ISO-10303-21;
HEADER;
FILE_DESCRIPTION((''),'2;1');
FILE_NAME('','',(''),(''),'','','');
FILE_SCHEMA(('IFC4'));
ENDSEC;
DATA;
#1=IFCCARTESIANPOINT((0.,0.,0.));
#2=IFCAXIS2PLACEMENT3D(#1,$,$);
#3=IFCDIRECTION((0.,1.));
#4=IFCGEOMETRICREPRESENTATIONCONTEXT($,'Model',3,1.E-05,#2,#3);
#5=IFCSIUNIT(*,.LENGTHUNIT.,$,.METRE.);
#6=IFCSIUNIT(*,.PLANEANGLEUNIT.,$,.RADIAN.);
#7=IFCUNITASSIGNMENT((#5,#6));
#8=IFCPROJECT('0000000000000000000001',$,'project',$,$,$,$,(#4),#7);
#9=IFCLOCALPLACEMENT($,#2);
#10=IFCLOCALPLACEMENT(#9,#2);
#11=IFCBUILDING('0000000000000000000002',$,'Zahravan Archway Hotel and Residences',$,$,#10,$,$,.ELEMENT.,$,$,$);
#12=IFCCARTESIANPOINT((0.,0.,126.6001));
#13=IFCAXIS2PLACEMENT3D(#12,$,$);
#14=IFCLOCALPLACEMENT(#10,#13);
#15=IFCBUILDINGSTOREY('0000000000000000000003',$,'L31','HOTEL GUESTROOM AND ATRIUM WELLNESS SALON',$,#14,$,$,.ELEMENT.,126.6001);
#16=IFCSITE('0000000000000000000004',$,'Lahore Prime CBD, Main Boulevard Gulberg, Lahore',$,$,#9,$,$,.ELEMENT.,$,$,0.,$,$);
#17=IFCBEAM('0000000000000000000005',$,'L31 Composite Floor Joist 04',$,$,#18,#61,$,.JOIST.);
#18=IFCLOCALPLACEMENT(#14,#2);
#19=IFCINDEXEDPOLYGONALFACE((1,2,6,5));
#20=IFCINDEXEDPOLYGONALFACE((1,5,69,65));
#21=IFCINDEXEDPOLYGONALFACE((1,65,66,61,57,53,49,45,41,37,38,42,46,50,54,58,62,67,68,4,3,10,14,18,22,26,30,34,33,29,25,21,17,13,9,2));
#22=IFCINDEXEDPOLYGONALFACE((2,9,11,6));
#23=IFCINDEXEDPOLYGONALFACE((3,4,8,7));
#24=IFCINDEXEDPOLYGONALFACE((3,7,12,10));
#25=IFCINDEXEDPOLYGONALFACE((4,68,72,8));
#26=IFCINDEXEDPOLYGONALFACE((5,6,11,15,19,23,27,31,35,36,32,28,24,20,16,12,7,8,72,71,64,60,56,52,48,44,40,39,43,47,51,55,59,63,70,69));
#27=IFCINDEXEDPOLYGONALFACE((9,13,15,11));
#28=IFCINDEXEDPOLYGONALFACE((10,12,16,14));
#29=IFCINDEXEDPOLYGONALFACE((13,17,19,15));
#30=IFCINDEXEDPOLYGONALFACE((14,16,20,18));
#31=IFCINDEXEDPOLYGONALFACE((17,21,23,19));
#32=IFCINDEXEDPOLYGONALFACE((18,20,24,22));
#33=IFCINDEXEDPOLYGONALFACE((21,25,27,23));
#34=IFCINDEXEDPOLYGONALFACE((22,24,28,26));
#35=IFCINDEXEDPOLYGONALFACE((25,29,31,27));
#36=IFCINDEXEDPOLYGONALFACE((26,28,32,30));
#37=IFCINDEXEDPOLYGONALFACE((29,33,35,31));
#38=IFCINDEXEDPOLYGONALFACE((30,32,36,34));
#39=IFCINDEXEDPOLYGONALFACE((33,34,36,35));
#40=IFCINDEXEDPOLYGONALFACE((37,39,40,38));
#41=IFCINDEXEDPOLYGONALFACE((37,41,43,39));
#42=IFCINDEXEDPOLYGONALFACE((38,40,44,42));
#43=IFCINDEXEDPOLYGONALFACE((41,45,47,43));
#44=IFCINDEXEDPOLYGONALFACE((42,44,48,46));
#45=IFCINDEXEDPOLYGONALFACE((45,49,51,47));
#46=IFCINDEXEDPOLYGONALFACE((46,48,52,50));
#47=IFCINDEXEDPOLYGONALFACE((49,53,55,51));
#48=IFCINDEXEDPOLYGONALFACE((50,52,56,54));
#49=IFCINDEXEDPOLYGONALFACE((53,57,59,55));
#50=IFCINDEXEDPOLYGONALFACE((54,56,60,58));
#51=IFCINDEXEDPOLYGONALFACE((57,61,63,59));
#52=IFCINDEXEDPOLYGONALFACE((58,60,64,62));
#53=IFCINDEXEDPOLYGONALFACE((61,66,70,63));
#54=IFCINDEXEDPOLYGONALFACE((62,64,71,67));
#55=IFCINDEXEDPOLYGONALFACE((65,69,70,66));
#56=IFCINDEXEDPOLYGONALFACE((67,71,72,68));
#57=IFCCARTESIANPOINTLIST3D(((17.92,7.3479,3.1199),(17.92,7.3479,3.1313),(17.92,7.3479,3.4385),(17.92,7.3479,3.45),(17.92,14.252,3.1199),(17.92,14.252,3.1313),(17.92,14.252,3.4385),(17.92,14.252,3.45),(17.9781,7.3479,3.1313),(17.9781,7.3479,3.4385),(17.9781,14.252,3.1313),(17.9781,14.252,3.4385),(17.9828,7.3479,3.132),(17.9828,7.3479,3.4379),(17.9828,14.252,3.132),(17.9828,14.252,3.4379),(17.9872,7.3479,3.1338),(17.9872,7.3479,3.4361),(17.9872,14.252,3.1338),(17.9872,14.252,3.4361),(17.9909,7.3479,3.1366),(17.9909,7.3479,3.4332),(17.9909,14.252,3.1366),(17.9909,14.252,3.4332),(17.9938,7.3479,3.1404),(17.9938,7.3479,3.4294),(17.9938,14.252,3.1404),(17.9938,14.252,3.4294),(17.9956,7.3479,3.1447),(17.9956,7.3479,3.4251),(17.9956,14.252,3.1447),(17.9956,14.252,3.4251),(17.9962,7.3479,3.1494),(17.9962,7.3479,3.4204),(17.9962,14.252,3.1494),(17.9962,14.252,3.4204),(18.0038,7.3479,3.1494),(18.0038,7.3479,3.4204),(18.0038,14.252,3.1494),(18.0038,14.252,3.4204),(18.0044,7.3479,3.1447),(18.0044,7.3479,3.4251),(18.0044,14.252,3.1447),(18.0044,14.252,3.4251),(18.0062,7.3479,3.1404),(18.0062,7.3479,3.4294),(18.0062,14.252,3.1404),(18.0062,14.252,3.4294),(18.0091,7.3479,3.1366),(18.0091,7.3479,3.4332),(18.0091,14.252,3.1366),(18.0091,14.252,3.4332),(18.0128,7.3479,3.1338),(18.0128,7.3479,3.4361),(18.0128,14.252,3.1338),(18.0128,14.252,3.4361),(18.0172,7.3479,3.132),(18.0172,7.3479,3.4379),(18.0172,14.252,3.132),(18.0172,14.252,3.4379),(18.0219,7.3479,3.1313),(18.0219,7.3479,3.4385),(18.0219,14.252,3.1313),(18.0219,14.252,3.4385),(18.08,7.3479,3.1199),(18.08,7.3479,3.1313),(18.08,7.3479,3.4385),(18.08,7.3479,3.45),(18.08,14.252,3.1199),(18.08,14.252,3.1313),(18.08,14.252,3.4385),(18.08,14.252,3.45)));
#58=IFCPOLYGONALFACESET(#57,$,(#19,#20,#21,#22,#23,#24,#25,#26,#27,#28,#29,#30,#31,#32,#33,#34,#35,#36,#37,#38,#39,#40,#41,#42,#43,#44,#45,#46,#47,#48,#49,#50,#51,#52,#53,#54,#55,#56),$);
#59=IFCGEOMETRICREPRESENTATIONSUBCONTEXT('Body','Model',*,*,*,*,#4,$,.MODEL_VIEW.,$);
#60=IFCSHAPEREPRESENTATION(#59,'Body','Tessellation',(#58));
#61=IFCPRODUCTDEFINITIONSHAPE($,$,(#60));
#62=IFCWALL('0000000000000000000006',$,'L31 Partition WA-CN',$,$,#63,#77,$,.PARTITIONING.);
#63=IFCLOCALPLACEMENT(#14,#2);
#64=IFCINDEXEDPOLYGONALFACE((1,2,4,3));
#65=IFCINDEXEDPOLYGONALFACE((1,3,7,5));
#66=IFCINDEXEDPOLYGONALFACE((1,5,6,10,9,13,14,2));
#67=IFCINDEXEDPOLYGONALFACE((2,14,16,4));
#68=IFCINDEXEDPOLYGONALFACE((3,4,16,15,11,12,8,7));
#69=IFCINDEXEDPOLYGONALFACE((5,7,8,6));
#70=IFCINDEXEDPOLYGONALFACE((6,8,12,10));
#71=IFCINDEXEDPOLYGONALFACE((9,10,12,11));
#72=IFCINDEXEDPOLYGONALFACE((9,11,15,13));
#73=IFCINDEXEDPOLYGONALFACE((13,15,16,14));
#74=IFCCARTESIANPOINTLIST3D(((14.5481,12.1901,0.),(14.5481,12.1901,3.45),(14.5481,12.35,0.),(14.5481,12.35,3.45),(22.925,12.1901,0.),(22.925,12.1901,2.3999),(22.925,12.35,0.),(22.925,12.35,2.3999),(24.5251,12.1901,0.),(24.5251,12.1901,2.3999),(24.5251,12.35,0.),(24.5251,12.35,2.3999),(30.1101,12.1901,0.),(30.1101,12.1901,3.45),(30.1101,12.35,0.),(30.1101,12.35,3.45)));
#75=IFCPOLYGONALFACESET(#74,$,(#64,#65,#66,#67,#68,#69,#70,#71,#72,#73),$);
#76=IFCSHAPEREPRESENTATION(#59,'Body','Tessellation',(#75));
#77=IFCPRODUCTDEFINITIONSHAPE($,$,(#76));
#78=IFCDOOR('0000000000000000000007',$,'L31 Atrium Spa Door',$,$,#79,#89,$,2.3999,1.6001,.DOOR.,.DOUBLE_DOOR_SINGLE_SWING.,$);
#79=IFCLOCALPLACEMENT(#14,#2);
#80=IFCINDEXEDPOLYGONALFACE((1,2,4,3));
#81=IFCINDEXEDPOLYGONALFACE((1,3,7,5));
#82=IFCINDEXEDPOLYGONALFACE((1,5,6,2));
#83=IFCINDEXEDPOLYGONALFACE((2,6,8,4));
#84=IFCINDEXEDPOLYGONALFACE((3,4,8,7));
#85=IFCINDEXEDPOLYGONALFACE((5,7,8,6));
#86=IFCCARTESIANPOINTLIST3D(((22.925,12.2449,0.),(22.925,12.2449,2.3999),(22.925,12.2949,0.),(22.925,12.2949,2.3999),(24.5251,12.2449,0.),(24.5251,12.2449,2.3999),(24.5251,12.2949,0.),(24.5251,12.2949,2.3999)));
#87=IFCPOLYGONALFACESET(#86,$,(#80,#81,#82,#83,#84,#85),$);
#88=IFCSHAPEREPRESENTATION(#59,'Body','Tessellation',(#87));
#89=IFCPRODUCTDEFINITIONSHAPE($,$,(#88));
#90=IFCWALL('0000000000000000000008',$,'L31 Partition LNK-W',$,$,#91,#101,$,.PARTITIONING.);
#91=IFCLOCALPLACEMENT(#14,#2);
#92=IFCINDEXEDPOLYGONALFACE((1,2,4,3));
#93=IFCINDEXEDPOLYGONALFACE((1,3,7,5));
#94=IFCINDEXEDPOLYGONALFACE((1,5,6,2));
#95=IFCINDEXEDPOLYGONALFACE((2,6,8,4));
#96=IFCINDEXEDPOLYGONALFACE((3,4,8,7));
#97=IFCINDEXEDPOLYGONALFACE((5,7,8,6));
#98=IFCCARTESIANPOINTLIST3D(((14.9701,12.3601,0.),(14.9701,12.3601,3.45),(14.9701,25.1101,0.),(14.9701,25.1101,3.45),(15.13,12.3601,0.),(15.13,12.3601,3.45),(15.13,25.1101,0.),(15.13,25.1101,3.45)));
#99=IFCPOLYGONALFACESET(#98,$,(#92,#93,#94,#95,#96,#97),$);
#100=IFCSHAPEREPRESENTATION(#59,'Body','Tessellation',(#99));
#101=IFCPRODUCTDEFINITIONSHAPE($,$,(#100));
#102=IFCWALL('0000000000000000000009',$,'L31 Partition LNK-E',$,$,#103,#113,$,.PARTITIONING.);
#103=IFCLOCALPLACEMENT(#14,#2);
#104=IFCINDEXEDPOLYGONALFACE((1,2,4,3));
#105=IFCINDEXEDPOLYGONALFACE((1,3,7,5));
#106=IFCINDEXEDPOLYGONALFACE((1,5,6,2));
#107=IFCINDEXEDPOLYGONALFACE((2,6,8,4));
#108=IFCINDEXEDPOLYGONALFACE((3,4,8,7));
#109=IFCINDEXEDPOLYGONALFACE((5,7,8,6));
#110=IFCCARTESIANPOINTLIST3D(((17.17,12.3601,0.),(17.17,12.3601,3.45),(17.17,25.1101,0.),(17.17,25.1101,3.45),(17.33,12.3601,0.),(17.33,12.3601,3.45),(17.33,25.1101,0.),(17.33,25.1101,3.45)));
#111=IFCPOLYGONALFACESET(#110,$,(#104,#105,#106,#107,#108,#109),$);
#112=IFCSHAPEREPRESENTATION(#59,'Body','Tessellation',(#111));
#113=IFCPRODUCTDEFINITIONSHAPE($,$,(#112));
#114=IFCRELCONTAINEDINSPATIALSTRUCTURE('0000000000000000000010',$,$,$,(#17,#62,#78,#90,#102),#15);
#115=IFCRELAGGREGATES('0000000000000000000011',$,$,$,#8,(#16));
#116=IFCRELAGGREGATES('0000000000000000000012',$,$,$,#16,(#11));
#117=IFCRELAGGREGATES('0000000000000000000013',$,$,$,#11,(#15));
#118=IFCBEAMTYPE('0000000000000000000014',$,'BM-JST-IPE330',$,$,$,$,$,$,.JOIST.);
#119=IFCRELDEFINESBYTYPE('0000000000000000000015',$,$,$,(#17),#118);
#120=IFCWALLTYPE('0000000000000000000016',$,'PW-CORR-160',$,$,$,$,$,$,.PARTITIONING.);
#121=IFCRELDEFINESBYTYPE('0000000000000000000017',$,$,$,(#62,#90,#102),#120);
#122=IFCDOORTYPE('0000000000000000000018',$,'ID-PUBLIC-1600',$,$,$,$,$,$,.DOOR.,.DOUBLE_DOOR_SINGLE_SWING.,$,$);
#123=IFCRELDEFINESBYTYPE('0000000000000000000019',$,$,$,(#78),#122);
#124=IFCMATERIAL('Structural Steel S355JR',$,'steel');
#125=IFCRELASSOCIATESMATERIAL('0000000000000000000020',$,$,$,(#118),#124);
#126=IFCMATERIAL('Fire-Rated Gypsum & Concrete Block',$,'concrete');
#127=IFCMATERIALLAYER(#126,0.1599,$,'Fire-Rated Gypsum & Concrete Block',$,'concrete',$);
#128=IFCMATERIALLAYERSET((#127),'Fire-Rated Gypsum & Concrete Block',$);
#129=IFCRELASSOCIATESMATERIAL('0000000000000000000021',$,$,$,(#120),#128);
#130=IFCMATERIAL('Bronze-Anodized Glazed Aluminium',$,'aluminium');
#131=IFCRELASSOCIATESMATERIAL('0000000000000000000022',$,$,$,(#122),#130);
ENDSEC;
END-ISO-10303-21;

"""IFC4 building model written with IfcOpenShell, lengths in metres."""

from ifc_helpers import new_model, si_unit, direction, frame, frame_2d, origin, origin_2d, place, context, subcontext, project, spatial, rectangle, i_section, extrude, source, transform, mapped, material, layer, layer_set, material_profile, profile_set, type_object, type_shapes, element, fill, save


model = new_model("IFC4")

# Units and contexts
model_context = context("Model", 3, precision=1e-05, world=origin(), true_north=direction((0.0, 1.0)))
body_context = subcontext(model_context, "Body", "Model", "MODEL_VIEW")
ifc_project = project(units=[si_unit("LENGTHUNIT", "METRE"), si_unit("PLANEANGLEUNIT", "RADIAN")], contexts=[model_context])

# Site, building, storey
site_placement = place(None, origin())
site = spatial("IfcSite", under=ifc_project, at=site_placement, Name="Lahore Prime CBD, Main Boulevard Gulberg, Lahore", CompositionType="ELEMENT", RefElevation=0.0)
building_placement = place(site_placement, origin())
building = spatial("IfcBuilding", under=site, at=building_placement, Name="Zahravan Archway Hotel and Residences", CompositionType="ELEMENT")
storey_placement = place(building_placement, frame((0.0, 0.0, 126.6001)))
storey = spatial("IfcBuildingStorey", under=building, at=storey_placement, Name="L31", Description="HOTEL GUESTROOM AND ATRIUM WELLNESS SALON", CompositionType="ELEMENT", Elevation=126.6001)

# Beam
ifc_material_1 = material(Name="Structural Steel S355JR", Category="steel")
ifc_material_profile_1 = material_profile(ifc_material_1, i_section(OverallWidth=0.1599, OverallDepth=0.3301, WebThickness=0.0076, FlangeThickness=0.0115, FilletRadius=0.0181, at=origin_2d()), Name="IPE 330", Category="steel")
ifc_profile_set_1 = profile_set([ifc_material_profile_1], Name="Structural Steel S355JR")
beam_type_1 = type_object("IfcBeamType", Name="BM-JST-IPE330", PredefinedType="JOIST", material=ifc_profile_set_1)
shared_shape_1 = source(origin(), body_context, "Body", "SweptSolid", [
    extrude(i_section(OverallWidth=0.1599, OverallDepth=0.3301, WebThickness=0.0076, FlangeThickness=0.0115, FilletRadius=0.0181, at=origin_2d()), origin(), (0.0, 0.0, 1.0), 6.9041),
])
type_shapes(beam_type_1, [shared_shape_1])
beam_placement = place(storey_placement, frame((18.0, 7.3479, 3.2849), z_axis=(0.0, 1.0, 0.0), x_axis=(-1.0, 0.0, 0.0)))
element("IfcBeam", 1, at=beam_placement, inside=storey, type_object=beam_type_1, Name="L31 Composite Floor Joist 04", PredefinedType="JOIST", context=body_context, shape_type="MappedRepresentation", body=[
    mapped(shared_shape_1, transform((0.0, 0.0, 0.0), scale=1.0)),
])

# Wall, opening, door
ifc_material_2 = material(Name="Fire-Rated Gypsum & Concrete Block", Category="concrete")
ifc_layer_1 = layer(ifc_material_2, 0.1599, Name="Fire-Rated Gypsum & Concrete Block", Category="concrete")
ifc_layer_set_1 = layer_set([ifc_layer_1], Name="Fire-Rated Gypsum & Concrete Block")
wall_type_1 = type_object("IfcWallType", Name="PW-CORR-160", PredefinedType="PARTITIONING", material=ifc_layer_set_1)
wall_1_placement = place(storey_placement, frame((14.5481, 12.27, 0.0), z_axis=(0.0, 0.0, 1.0), x_axis=(1.0, 0.0, 0.0)))
wall_1 = element("IfcWall", 2, at=wall_1_placement, inside=storey, type_object=wall_type_1, Name="L31 Partition WA-CN", PredefinedType="PARTITIONING", context=body_context, shape_type="SweptSolid", body=[
    extrude(rectangle(XDim=15.562, YDim=0.1599, at=frame_2d((7.781, 0.0))), origin(), (0.0, 0.0, 1.0), 3.45),
])
opening_1_placement = place(wall_1_placement, frame((8.377, 0.0, 0.0)))
opening_1 = element("IfcOpeningElement", 3, at=opening_1_placement, cuts=wall_1, PredefinedType="OPENING", context=body_context, shape_type="SweptSolid", body=[
    extrude(rectangle(XDim=1.6001, YDim=2.3999, at=frame_2d((0.8, 1.2))), frame((0.0, 0.0898, 0.0), z_axis=(0.0, -1.0, 0.0), x_axis=(1.0, 0.0, 0.0)), (0.0, 0.0, 1.0), 0.1799),
])
ifc_material_3 = material(Name="Bronze-Anodized Glazed Aluminium", Category="aluminium")
door_type_1 = type_object("IfcDoorType", Name="ID-PUBLIC-1600", OperationType="DOUBLE_DOOR_SINGLE_SWING", PredefinedType="DOOR", material=ifc_material_3)
shared_shape_2 = source(origin(), body_context, "Body", "SweptSolid", [
    extrude(rectangle(XDim=1.6001, YDim=2.3999, at=frame_2d((0.8, 1.2))), frame((0.0, 0.0249, 0.0), z_axis=(0.0, -1.0, 0.0), x_axis=(1.0, 0.0, 0.0)), (0.0, 0.0, 1.0), 0.05),
])
type_shapes(door_type_1, [shared_shape_2])
door_1_placement = place(opening_1_placement, origin())
door_1 = element("IfcDoor", 4, at=door_1_placement, inside=storey, type_object=door_type_1, Name="L31 Atrium Spa Door", OperationType="DOUBLE_DOOR_SINGLE_SWING", OverallHeight=2.3999, OverallWidth=1.6001, PredefinedType="DOOR", context=body_context, shape_type="MappedRepresentation", body=[
    mapped(shared_shape_2, transform((0.0, 0.0, 0.0), scale=1.0)),
])
fill(opening_1, door_1)

# Walls
for number, where, z_axis, x_axis, name in (
    (5, (15.05, 12.3601, 0.0), (0.0, 0.0, 1.0), (0.0, 1.0, 0.0), "L31 Partition LNK-W"),
    (6, (17.25, 12.3601, 0.0), (0.0, 0.0, 1.0), (0.0, 1.0, 0.0), "L31 Partition LNK-E"),
):
    element("IfcWall", number, at=place(storey_placement, frame(where, z_axis=z_axis, x_axis=x_axis)), inside=storey, type_object=wall_type_1, Name=name, PredefinedType="PARTITIONING", context=body_context, shape_type="SweptSolid", body=[
        extrude(rectangle(XDim=12.75, YDim=0.1599, at=frame_2d((6.375, 0.0))), origin(), (0.0, 0.0, 1.0), 3.45),
    ])

save(model, "model.ifc")
